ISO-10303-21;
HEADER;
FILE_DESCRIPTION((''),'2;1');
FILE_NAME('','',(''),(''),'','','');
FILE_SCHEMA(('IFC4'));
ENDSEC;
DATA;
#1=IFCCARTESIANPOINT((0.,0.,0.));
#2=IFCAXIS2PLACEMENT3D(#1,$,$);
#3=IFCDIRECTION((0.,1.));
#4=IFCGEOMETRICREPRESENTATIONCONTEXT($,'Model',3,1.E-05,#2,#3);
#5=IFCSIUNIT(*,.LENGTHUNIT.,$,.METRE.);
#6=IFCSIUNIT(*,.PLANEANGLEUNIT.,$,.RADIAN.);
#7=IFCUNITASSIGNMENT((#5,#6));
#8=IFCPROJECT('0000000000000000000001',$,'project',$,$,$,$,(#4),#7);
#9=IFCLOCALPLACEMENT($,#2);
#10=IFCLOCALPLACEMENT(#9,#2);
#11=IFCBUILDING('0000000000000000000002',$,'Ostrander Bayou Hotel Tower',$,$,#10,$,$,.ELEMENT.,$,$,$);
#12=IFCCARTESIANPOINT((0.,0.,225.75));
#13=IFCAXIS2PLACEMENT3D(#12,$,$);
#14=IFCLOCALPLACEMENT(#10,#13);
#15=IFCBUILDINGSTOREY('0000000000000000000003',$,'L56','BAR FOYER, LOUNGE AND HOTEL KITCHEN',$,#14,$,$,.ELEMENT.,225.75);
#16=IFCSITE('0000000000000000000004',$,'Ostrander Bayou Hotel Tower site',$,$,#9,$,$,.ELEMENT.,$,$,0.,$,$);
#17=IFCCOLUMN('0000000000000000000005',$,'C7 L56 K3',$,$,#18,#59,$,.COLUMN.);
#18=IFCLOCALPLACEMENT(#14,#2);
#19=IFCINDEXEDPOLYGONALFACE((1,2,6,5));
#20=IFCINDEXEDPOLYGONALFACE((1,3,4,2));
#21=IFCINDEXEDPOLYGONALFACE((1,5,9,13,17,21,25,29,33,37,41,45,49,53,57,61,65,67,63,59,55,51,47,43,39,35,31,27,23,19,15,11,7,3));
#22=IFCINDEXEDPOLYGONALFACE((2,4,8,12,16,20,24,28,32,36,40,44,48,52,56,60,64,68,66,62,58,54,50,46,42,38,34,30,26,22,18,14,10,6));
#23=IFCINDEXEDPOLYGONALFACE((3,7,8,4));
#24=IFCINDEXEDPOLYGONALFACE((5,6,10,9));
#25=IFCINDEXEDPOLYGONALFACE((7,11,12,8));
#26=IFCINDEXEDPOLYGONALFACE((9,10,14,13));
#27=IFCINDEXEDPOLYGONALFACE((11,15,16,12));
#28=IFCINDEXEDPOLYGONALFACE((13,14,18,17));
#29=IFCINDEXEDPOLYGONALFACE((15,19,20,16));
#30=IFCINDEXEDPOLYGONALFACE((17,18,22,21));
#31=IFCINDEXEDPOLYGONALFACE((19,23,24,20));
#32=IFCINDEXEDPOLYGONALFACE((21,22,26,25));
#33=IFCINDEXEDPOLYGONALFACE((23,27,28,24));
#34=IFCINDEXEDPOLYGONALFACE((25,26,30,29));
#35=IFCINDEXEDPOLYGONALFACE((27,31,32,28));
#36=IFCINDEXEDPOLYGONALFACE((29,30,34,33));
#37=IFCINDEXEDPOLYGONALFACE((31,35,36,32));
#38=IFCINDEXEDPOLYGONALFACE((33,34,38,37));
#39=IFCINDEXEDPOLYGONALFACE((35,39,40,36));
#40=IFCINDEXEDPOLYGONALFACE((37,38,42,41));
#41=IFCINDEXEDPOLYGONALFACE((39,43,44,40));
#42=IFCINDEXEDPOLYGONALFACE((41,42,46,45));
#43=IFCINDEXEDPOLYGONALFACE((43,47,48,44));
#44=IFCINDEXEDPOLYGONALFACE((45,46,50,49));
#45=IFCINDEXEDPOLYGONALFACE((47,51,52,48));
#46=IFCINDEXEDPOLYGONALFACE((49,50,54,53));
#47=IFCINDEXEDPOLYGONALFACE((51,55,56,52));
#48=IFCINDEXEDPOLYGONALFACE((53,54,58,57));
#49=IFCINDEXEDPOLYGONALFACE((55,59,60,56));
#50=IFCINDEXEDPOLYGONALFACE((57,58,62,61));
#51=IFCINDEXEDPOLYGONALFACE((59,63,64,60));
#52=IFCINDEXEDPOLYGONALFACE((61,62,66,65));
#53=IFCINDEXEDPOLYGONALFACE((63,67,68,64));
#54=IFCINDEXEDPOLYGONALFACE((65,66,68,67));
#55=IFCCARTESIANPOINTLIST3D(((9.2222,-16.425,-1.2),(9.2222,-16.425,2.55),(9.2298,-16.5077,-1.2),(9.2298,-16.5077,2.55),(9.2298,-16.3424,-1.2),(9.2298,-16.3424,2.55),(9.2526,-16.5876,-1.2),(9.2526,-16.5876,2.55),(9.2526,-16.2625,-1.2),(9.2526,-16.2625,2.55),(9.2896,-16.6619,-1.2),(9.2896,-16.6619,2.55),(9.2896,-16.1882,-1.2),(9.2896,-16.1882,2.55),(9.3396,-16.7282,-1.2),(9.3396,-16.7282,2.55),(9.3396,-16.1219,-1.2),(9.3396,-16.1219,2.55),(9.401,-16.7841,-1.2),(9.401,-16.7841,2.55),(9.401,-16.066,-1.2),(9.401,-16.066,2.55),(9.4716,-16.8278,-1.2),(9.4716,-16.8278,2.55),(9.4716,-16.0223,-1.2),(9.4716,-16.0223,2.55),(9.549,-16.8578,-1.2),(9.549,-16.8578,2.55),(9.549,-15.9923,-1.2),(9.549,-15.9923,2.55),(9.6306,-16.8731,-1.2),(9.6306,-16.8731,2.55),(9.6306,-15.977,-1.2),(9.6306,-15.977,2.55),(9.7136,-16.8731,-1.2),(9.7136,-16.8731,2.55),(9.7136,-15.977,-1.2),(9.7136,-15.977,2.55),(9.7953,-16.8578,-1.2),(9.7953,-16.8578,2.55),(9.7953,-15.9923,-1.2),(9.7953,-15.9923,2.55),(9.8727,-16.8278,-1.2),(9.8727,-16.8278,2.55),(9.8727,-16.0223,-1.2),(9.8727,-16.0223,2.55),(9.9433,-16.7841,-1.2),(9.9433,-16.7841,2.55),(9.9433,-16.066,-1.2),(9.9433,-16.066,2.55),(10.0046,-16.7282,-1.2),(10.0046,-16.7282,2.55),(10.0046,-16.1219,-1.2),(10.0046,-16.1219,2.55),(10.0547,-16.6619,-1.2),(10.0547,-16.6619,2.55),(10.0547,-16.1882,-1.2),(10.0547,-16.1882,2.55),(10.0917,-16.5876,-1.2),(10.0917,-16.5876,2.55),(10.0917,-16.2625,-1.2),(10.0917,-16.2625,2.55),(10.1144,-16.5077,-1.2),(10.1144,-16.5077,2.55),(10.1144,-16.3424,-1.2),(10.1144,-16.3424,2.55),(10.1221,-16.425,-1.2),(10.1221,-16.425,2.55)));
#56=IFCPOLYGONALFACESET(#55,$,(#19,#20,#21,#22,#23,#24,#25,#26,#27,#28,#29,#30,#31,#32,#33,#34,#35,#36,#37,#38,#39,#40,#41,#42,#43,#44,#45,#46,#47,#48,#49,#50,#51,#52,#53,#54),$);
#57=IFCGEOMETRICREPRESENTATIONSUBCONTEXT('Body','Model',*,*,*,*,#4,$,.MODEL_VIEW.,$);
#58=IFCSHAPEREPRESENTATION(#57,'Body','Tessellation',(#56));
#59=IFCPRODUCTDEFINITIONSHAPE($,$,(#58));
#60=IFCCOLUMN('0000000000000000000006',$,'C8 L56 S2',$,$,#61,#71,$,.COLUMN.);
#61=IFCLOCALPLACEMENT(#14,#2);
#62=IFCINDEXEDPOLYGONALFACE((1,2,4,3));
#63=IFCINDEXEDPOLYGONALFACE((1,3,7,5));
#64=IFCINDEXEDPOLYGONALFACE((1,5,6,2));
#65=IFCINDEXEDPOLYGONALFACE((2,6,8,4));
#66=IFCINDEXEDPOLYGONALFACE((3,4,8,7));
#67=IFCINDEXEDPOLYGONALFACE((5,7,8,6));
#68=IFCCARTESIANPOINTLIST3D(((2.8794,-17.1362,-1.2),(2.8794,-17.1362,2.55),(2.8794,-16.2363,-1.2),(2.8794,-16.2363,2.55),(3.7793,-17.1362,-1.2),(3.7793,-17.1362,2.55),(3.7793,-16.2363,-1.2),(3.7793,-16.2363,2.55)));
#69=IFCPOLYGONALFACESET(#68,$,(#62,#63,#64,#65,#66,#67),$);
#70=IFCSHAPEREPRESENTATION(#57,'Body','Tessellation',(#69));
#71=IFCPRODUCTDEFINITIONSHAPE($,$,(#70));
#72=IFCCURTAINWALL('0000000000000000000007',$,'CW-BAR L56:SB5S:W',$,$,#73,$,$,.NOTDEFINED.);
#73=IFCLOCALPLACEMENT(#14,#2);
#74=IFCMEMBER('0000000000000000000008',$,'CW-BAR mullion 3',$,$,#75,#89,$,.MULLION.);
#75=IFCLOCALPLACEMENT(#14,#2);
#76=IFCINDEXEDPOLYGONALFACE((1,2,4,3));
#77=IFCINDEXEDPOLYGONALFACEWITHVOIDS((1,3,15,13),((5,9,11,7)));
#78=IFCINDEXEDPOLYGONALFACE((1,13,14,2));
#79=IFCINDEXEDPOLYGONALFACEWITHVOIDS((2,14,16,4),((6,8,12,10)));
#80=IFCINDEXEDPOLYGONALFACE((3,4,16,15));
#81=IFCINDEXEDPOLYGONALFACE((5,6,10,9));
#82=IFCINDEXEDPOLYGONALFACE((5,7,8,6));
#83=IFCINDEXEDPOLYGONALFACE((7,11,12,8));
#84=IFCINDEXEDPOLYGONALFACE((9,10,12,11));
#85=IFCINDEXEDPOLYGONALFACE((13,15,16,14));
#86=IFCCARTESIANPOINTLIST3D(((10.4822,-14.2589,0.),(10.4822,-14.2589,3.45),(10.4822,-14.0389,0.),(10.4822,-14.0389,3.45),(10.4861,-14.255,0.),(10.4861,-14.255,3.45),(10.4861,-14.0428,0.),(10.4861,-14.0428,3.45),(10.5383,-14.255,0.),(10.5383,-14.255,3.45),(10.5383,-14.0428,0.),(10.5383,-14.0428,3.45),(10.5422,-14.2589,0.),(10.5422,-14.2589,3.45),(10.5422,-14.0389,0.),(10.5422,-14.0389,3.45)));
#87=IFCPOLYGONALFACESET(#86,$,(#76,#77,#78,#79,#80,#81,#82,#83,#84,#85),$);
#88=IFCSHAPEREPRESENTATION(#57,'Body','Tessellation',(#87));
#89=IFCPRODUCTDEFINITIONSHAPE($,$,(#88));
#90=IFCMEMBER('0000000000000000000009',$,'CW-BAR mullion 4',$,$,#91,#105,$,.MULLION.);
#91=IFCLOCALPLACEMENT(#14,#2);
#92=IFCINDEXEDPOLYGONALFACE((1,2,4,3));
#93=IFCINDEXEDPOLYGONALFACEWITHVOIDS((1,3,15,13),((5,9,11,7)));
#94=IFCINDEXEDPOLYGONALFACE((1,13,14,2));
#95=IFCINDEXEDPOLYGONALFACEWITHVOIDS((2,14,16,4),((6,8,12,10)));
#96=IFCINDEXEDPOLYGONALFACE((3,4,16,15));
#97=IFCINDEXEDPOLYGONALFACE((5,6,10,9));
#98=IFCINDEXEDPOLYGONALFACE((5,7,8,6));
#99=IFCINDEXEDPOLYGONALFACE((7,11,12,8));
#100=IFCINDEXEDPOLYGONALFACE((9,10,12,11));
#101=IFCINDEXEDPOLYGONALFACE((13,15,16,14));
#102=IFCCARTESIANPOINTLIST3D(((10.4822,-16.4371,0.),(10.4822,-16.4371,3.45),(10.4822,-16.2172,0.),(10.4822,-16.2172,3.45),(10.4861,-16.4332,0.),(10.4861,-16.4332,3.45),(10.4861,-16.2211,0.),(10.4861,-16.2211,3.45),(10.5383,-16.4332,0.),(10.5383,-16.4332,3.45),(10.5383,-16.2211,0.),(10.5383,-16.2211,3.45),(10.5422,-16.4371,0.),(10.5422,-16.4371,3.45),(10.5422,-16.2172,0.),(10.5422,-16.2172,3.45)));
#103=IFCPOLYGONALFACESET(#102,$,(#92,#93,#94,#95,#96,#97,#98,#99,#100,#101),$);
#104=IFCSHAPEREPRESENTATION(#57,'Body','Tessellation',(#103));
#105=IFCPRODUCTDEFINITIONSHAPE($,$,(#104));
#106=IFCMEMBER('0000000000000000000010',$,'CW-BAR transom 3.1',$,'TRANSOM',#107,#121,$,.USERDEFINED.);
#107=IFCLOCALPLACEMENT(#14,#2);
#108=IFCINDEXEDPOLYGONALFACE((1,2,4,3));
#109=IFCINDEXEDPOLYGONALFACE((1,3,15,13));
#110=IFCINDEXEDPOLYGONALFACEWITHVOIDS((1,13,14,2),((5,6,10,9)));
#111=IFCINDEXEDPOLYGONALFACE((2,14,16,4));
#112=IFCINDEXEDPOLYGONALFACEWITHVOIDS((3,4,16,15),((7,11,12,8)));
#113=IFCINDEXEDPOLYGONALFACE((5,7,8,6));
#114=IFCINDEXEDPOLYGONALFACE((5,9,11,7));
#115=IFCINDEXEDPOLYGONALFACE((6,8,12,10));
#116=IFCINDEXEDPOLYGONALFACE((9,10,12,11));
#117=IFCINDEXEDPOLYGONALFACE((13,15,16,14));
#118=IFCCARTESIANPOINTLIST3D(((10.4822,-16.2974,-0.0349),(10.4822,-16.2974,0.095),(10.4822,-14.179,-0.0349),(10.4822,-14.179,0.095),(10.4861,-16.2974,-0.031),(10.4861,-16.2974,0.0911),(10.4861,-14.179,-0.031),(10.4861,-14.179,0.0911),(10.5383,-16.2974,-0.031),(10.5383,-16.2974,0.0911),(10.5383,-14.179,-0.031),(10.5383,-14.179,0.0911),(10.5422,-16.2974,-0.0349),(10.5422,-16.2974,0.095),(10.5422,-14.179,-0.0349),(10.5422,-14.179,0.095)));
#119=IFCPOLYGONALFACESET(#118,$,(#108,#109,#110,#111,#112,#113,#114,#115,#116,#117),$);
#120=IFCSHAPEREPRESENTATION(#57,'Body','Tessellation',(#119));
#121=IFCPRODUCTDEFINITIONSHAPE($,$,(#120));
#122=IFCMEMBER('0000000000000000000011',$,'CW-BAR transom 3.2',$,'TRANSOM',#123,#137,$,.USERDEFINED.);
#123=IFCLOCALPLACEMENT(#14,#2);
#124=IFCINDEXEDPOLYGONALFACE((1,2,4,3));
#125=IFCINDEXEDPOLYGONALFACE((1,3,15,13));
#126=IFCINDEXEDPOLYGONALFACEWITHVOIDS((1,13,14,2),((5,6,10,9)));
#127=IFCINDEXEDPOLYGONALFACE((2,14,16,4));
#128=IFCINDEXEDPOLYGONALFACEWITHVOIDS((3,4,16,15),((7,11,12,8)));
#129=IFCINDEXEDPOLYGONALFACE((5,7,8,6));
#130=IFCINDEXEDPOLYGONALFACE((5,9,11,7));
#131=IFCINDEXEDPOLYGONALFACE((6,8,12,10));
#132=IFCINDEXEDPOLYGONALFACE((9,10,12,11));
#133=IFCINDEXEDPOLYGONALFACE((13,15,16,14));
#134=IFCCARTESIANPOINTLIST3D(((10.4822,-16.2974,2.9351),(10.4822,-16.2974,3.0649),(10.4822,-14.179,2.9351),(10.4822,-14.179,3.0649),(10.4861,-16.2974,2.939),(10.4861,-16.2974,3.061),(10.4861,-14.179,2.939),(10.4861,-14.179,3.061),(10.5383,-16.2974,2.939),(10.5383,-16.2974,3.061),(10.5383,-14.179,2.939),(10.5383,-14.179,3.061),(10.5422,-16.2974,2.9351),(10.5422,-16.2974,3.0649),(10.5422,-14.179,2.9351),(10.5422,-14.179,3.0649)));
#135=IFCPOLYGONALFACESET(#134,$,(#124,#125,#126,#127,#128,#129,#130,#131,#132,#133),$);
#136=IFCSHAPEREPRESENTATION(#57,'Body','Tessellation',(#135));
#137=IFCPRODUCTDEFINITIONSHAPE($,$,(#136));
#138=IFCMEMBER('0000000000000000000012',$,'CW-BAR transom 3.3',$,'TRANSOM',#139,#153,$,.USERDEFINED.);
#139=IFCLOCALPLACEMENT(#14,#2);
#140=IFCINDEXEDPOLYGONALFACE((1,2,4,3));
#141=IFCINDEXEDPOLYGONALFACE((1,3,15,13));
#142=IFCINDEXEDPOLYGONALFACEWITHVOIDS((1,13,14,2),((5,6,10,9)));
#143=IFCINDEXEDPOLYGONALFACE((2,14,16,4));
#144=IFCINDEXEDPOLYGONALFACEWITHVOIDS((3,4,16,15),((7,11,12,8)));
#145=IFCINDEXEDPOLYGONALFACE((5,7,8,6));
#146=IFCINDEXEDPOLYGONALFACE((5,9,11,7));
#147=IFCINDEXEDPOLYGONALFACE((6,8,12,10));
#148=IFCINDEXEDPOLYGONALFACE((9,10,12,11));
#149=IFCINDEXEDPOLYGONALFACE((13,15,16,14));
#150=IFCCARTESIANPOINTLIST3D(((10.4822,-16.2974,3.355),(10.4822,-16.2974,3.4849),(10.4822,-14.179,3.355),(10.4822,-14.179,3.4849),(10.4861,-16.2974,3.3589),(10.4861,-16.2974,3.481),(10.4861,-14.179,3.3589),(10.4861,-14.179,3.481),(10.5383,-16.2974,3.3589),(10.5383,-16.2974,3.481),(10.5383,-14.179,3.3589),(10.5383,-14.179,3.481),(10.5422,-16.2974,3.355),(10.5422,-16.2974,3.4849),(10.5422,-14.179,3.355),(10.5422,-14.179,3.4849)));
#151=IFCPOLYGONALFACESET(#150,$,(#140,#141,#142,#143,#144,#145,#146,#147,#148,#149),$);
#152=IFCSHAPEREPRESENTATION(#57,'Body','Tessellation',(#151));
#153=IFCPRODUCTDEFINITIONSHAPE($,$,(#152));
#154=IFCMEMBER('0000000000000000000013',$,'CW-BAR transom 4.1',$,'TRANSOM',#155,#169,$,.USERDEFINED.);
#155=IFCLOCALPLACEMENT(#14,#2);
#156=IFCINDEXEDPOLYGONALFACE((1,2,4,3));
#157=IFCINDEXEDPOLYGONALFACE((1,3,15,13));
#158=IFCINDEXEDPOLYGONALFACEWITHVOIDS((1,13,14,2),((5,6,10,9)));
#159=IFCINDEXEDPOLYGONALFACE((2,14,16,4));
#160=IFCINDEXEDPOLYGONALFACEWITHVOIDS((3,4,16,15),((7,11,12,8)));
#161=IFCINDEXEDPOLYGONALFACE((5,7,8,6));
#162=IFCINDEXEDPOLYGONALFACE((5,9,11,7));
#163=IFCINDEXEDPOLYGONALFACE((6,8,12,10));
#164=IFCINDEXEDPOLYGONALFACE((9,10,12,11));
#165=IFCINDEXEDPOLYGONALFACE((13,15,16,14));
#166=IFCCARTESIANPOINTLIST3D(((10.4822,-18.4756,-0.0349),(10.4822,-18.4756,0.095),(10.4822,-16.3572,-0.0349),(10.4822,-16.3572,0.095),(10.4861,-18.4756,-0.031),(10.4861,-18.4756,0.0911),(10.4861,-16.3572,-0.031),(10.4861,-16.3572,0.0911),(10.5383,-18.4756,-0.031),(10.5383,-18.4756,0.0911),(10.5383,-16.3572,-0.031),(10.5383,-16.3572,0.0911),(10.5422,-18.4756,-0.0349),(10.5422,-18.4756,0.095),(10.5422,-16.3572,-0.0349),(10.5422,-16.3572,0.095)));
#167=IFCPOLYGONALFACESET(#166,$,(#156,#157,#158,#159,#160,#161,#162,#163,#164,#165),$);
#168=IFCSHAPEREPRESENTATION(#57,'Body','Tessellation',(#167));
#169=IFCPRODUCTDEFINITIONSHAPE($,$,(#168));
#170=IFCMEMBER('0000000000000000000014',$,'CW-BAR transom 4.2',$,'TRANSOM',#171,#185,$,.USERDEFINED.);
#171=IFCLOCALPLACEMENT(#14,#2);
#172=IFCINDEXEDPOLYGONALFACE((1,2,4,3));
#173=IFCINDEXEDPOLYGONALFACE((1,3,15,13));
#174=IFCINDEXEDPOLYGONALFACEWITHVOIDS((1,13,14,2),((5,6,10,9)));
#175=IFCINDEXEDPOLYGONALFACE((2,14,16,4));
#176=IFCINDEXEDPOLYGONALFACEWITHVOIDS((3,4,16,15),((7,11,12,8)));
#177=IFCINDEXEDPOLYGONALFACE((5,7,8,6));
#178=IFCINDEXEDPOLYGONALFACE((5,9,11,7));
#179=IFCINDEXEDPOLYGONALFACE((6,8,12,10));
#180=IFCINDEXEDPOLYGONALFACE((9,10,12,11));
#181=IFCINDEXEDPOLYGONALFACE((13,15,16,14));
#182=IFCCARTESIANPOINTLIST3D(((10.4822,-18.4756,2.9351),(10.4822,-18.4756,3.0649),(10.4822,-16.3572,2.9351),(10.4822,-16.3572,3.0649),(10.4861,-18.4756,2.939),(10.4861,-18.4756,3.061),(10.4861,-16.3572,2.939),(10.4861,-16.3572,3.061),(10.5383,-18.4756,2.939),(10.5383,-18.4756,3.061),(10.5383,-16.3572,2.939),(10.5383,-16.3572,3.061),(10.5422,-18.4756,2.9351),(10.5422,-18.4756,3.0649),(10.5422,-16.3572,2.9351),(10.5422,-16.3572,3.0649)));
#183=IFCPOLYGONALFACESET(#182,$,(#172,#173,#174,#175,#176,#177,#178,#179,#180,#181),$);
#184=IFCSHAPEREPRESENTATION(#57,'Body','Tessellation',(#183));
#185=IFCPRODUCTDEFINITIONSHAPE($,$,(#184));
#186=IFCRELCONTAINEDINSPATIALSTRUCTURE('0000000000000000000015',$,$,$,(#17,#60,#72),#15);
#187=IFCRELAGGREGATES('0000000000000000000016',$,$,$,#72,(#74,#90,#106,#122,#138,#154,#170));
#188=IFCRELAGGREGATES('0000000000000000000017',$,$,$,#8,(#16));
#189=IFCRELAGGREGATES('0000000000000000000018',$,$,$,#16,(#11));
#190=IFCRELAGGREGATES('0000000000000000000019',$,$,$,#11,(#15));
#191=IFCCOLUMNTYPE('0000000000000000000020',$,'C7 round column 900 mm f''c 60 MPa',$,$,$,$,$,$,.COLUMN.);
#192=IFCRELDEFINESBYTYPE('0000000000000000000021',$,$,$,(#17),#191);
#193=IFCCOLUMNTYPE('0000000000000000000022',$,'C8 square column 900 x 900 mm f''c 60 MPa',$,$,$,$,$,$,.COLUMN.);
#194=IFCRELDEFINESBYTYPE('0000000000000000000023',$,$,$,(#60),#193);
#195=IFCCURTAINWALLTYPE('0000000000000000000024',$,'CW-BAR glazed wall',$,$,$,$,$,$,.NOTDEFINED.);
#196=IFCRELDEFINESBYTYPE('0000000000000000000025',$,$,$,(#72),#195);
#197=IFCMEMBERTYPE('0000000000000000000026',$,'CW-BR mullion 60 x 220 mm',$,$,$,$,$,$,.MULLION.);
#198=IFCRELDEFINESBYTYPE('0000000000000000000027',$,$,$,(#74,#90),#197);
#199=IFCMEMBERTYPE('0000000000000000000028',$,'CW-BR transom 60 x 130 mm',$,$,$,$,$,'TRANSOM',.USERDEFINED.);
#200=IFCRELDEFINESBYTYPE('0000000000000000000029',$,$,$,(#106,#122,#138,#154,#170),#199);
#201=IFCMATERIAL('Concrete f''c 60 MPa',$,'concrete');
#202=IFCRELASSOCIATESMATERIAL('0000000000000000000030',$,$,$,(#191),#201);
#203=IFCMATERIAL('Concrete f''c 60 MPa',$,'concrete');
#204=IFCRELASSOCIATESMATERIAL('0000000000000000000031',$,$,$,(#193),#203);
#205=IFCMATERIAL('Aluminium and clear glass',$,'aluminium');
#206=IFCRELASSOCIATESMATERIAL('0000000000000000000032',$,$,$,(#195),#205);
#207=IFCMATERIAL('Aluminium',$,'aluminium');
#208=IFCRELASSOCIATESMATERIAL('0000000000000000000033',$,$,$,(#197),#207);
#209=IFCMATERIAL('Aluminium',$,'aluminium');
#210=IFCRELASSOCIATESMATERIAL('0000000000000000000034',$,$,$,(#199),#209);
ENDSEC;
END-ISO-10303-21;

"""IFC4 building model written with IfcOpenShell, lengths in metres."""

from ifc_helpers import new_model, si_unit, direction, frame, origin, origin_2d, place, context, subcontext, project, spatial, rectangle, hollow_rectangle, circle, extrude, material, material_profile, profile_set, type_object, element, aggregate, save


model = new_model("IFC4")

# Units and contexts
model_context = context("Model", 3, precision=1e-05, world=origin(), true_north=direction((0.0, 1.0)))
body_context = subcontext(model_context, "Body", "Model", "MODEL_VIEW")
ifc_project = project(units=[si_unit("LENGTHUNIT", "METRE"), si_unit("PLANEANGLEUNIT", "RADIAN")], contexts=[model_context])

# Site, building, storey
site_placement = place(None, origin())
site = spatial("IfcSite", under=ifc_project, at=site_placement, Name="Ostrander Bayou Hotel Tower site", CompositionType="ELEMENT", RefElevation=0.0)
building_placement = place(site_placement, origin())
building = spatial("IfcBuilding", under=site, at=building_placement, Name="Ostrander Bayou Hotel Tower", CompositionType="ELEMENT")
storey_placement = place(building_placement, frame((0.0, 0.0, 225.75)))
storey = spatial("IfcBuildingStorey", under=building, at=storey_placement, Name="L56", Description="BAR FOYER, LOUNGE AND HOTEL KITCHEN", CompositionType="ELEMENT", Elevation=225.75)

# Columns
ifc_material_1 = material(Name="Concrete f'c 60 MPa", Category="concrete")
ifc_material_profile_1 = material_profile(ifc_material_1, circle(Radius=0.45, at=origin_2d()))
ifc_profile_set_1 = profile_set([ifc_material_profile_1], Name="Concrete f'c 60 MPa")
column_type_1 = type_object("IfcColumnType", Name="C7 round column 900 mm f'c 60 MPa", PredefinedType="COLUMN", material=ifc_profile_set_1)
column_1_placement = place(storey_placement, frame((9.6721, -16.425, -1.2), z_axis=(0.0, 0.0, 1.0), x_axis=(1.0, 0.0, 0.0)))
element("IfcColumn", 1, at=column_1_placement, inside=storey, type_object=column_type_1, Name="C7 L56 K3", PredefinedType="COLUMN", context=body_context, shape_type="SweptSolid", body=[
    extrude(circle(Radius=0.45, at=origin_2d()), origin(), (0.0, 0.0, 1.0), 3.75),
])
ifc_material_2 = material(Name="Concrete f'c 60 MPa", Category="concrete")
ifc_material_profile_2 = material_profile(ifc_material_2, rectangle(XDim=0.8999, YDim=0.8999, at=origin_2d()))
ifc_profile_set_2 = profile_set([ifc_material_profile_2], Name="Concrete f'c 60 MPa")
column_type_2 = type_object("IfcColumnType", Name="C8 square column 900 x 900 mm f'c 60 MPa", PredefinedType="COLUMN", material=ifc_profile_set_2)
column_2_placement = place(storey_placement, frame((3.3293, -16.6863, -1.2), z_axis=(0.0, 0.0, 1.0), x_axis=(-1.0, 0.0, 0.0)))
element("IfcColumn", 2, at=column_2_placement, inside=storey, type_object=column_type_2, Name="C8 L56 S2", PredefinedType="COLUMN", context=body_context, shape_type="SweptSolid", body=[
    extrude(rectangle(XDim=0.8999, YDim=0.8999, at=origin_2d()), origin(), (0.0, 0.0, 1.0), 3.75),
])

# Curtain wall, members
ifc_material_3 = material(Name="Aluminium and clear glass", Category="aluminium")
curtain_wall_type_1 = type_object("IfcCurtainWallType", Name="CW-BAR glazed wall", PredefinedType="NOTDEFINED", material=ifc_material_3)
curtain_wall_1_placement = place(storey_placement, origin())
curtain_wall_1 = element("IfcCurtainWall", 3, at=curtain_wall_1_placement, inside=storey, type_object=curtain_wall_type_1, Name="CW-BAR L56:SB5S:W", PredefinedType="NOTDEFINED")
ifc_material_4 = material(Name="Aluminium", Category="aluminium")
ifc_material_profile_3 = material_profile(ifc_material_4, hollow_rectangle(XDim=0.0601, YDim=0.22, WallThickness=0.0039, at=origin_2d()))
ifc_profile_set_3 = profile_set([ifc_material_profile_3], Name="Aluminium")
member_type_1 = type_object("IfcMemberType", Name="CW-BR mullion 60 x 220 mm", PredefinedType="MULLION", material=ifc_profile_set_3)
member_1_placement = place(storey_placement, frame((10.5122, -14.1489, 0.0), z_axis=(0.0, 0.0, 1.0), x_axis=(1.0, 0.0, 0.0)))
member_1 = element("IfcMember", 4, at=member_1_placement, type_object=member_type_1, Name="CW-BAR mullion 3", PredefinedType="MULLION", context=body_context, shape_type="SweptSolid", body=[
    extrude(hollow_rectangle(XDim=0.0601, YDim=0.22, WallThickness=0.0039, at=origin_2d()), origin(), (0.0, 0.0, 1.0), 3.45),
])
member_2_placement = place(storey_placement, frame((10.5122, -16.3271, 0.0), z_axis=(0.0, 0.0, 1.0), x_axis=(1.0, 0.0, 0.0)))
member_2 = element("IfcMember", 5, at=member_2_placement, type_object=member_type_1, Name="CW-BAR mullion 4", PredefinedType="MULLION", context=body_context, shape_type="SweptSolid", body=[
    extrude(hollow_rectangle(XDim=0.0601, YDim=0.22, WallThickness=0.0039, at=origin_2d()), origin(), (0.0, 0.0, 1.0), 3.45),
])
ifc_material_5 = material(Name="Aluminium", Category="aluminium")
ifc_material_profile_4 = material_profile(ifc_material_5, hollow_rectangle(XDim=0.0601, YDim=0.1299, WallThickness=0.0039, at=origin_2d()))
ifc_profile_set_4 = profile_set([ifc_material_profile_4], Name="Aluminium")
member_type_2 = type_object("IfcMemberType", Name="CW-BR transom 60 x 130 mm", ElementType="TRANSOM", PredefinedType="USERDEFINED", material=ifc_profile_set_4)
member_3_placement = place(storey_placement, frame((10.5122, -14.179, 0.03), z_axis=(0.0, -1.0, 0.0), x_axis=(1.0, 0.0, 0.0)))
member_3 = element("IfcMember", 6, at=member_3_placement, type_object=member_type_2, Name="CW-BAR transom 3.1", ObjectType="TRANSOM", PredefinedType="USERDEFINED", context=body_context, shape_type="SweptSolid", body=[
    extrude(hollow_rectangle(XDim=0.0601, YDim=0.1299, WallThickness=0.0039, at=origin_2d()), origin(), (0.0, 0.0, 1.0), 2.1184),
])
member_4_placement = place(storey_placement, frame((10.5122, -14.179, 3.0), z_axis=(0.0, -1.0, 0.0), x_axis=(1.0, 0.0, 0.0)))
member_4 = element("IfcMember", 7, at=member_4_placement, type_object=member_type_2, Name="CW-BAR transom 3.2", ObjectType="TRANSOM", PredefinedType="USERDEFINED", context=body_context, shape_type="SweptSolid", body=[
    extrude(hollow_rectangle(XDim=0.0601, YDim=0.1299, WallThickness=0.0039, at=origin_2d()), origin(), (0.0, 0.0, 1.0), 2.1184),
])
member_5_placement = place(storey_placement, frame((10.5122, -14.179, 3.4199), z_axis=(0.0, -1.0, 0.0), x_axis=(1.0, 0.0, 0.0)))
member_5 = element("IfcMember", 8, at=member_5_placement, type_object=member_type_2, Name="CW-BAR transom 3.3", ObjectType="TRANSOM", PredefinedType="USERDEFINED", context=body_context, shape_type="SweptSolid", body=[
    extrude(hollow_rectangle(XDim=0.0601, YDim=0.1299, WallThickness=0.0039, at=origin_2d()), origin(), (0.0, 0.0, 1.0), 2.1184),
])
member_6_placement = place(storey_placement, frame((10.5122, -16.3572, 0.03), z_axis=(0.0, -1.0, 0.0), x_axis=(1.0, 0.0, 0.0)))
member_6 = element("IfcMember", 9, at=member_6_placement, type_object=member_type_2, Name="CW-BAR transom 4.1", ObjectType="TRANSOM", PredefinedType="USERDEFINED", context=body_context, shape_type="SweptSolid", body=[
    extrude(hollow_rectangle(XDim=0.0601, YDim=0.1299, WallThickness=0.0039, at=origin_2d()), origin(), (0.0, 0.0, 1.0), 2.1184),
])
member_7_placement = place(storey_placement, frame((10.5122, -16.3572, 3.0), z_axis=(0.0, -1.0, 0.0), x_axis=(1.0, 0.0, 0.0)))
member_7 = element("IfcMember", 10, at=member_7_placement, type_object=member_type_2, Name="CW-BAR transom 4.2", ObjectType="TRANSOM", PredefinedType="USERDEFINED", context=body_context, shape_type="SweptSolid", body=[
    extrude(hollow_rectangle(XDim=0.0601, YDim=0.1299, WallThickness=0.0039, at=origin_2d()), origin(), (0.0, 0.0, 1.0), 2.1184),
])

aggregate(curtain_wall_1, [member_1, member_2, member_3, member_4, member_5, member_6, member_7])

save(model, "model.ifc")
